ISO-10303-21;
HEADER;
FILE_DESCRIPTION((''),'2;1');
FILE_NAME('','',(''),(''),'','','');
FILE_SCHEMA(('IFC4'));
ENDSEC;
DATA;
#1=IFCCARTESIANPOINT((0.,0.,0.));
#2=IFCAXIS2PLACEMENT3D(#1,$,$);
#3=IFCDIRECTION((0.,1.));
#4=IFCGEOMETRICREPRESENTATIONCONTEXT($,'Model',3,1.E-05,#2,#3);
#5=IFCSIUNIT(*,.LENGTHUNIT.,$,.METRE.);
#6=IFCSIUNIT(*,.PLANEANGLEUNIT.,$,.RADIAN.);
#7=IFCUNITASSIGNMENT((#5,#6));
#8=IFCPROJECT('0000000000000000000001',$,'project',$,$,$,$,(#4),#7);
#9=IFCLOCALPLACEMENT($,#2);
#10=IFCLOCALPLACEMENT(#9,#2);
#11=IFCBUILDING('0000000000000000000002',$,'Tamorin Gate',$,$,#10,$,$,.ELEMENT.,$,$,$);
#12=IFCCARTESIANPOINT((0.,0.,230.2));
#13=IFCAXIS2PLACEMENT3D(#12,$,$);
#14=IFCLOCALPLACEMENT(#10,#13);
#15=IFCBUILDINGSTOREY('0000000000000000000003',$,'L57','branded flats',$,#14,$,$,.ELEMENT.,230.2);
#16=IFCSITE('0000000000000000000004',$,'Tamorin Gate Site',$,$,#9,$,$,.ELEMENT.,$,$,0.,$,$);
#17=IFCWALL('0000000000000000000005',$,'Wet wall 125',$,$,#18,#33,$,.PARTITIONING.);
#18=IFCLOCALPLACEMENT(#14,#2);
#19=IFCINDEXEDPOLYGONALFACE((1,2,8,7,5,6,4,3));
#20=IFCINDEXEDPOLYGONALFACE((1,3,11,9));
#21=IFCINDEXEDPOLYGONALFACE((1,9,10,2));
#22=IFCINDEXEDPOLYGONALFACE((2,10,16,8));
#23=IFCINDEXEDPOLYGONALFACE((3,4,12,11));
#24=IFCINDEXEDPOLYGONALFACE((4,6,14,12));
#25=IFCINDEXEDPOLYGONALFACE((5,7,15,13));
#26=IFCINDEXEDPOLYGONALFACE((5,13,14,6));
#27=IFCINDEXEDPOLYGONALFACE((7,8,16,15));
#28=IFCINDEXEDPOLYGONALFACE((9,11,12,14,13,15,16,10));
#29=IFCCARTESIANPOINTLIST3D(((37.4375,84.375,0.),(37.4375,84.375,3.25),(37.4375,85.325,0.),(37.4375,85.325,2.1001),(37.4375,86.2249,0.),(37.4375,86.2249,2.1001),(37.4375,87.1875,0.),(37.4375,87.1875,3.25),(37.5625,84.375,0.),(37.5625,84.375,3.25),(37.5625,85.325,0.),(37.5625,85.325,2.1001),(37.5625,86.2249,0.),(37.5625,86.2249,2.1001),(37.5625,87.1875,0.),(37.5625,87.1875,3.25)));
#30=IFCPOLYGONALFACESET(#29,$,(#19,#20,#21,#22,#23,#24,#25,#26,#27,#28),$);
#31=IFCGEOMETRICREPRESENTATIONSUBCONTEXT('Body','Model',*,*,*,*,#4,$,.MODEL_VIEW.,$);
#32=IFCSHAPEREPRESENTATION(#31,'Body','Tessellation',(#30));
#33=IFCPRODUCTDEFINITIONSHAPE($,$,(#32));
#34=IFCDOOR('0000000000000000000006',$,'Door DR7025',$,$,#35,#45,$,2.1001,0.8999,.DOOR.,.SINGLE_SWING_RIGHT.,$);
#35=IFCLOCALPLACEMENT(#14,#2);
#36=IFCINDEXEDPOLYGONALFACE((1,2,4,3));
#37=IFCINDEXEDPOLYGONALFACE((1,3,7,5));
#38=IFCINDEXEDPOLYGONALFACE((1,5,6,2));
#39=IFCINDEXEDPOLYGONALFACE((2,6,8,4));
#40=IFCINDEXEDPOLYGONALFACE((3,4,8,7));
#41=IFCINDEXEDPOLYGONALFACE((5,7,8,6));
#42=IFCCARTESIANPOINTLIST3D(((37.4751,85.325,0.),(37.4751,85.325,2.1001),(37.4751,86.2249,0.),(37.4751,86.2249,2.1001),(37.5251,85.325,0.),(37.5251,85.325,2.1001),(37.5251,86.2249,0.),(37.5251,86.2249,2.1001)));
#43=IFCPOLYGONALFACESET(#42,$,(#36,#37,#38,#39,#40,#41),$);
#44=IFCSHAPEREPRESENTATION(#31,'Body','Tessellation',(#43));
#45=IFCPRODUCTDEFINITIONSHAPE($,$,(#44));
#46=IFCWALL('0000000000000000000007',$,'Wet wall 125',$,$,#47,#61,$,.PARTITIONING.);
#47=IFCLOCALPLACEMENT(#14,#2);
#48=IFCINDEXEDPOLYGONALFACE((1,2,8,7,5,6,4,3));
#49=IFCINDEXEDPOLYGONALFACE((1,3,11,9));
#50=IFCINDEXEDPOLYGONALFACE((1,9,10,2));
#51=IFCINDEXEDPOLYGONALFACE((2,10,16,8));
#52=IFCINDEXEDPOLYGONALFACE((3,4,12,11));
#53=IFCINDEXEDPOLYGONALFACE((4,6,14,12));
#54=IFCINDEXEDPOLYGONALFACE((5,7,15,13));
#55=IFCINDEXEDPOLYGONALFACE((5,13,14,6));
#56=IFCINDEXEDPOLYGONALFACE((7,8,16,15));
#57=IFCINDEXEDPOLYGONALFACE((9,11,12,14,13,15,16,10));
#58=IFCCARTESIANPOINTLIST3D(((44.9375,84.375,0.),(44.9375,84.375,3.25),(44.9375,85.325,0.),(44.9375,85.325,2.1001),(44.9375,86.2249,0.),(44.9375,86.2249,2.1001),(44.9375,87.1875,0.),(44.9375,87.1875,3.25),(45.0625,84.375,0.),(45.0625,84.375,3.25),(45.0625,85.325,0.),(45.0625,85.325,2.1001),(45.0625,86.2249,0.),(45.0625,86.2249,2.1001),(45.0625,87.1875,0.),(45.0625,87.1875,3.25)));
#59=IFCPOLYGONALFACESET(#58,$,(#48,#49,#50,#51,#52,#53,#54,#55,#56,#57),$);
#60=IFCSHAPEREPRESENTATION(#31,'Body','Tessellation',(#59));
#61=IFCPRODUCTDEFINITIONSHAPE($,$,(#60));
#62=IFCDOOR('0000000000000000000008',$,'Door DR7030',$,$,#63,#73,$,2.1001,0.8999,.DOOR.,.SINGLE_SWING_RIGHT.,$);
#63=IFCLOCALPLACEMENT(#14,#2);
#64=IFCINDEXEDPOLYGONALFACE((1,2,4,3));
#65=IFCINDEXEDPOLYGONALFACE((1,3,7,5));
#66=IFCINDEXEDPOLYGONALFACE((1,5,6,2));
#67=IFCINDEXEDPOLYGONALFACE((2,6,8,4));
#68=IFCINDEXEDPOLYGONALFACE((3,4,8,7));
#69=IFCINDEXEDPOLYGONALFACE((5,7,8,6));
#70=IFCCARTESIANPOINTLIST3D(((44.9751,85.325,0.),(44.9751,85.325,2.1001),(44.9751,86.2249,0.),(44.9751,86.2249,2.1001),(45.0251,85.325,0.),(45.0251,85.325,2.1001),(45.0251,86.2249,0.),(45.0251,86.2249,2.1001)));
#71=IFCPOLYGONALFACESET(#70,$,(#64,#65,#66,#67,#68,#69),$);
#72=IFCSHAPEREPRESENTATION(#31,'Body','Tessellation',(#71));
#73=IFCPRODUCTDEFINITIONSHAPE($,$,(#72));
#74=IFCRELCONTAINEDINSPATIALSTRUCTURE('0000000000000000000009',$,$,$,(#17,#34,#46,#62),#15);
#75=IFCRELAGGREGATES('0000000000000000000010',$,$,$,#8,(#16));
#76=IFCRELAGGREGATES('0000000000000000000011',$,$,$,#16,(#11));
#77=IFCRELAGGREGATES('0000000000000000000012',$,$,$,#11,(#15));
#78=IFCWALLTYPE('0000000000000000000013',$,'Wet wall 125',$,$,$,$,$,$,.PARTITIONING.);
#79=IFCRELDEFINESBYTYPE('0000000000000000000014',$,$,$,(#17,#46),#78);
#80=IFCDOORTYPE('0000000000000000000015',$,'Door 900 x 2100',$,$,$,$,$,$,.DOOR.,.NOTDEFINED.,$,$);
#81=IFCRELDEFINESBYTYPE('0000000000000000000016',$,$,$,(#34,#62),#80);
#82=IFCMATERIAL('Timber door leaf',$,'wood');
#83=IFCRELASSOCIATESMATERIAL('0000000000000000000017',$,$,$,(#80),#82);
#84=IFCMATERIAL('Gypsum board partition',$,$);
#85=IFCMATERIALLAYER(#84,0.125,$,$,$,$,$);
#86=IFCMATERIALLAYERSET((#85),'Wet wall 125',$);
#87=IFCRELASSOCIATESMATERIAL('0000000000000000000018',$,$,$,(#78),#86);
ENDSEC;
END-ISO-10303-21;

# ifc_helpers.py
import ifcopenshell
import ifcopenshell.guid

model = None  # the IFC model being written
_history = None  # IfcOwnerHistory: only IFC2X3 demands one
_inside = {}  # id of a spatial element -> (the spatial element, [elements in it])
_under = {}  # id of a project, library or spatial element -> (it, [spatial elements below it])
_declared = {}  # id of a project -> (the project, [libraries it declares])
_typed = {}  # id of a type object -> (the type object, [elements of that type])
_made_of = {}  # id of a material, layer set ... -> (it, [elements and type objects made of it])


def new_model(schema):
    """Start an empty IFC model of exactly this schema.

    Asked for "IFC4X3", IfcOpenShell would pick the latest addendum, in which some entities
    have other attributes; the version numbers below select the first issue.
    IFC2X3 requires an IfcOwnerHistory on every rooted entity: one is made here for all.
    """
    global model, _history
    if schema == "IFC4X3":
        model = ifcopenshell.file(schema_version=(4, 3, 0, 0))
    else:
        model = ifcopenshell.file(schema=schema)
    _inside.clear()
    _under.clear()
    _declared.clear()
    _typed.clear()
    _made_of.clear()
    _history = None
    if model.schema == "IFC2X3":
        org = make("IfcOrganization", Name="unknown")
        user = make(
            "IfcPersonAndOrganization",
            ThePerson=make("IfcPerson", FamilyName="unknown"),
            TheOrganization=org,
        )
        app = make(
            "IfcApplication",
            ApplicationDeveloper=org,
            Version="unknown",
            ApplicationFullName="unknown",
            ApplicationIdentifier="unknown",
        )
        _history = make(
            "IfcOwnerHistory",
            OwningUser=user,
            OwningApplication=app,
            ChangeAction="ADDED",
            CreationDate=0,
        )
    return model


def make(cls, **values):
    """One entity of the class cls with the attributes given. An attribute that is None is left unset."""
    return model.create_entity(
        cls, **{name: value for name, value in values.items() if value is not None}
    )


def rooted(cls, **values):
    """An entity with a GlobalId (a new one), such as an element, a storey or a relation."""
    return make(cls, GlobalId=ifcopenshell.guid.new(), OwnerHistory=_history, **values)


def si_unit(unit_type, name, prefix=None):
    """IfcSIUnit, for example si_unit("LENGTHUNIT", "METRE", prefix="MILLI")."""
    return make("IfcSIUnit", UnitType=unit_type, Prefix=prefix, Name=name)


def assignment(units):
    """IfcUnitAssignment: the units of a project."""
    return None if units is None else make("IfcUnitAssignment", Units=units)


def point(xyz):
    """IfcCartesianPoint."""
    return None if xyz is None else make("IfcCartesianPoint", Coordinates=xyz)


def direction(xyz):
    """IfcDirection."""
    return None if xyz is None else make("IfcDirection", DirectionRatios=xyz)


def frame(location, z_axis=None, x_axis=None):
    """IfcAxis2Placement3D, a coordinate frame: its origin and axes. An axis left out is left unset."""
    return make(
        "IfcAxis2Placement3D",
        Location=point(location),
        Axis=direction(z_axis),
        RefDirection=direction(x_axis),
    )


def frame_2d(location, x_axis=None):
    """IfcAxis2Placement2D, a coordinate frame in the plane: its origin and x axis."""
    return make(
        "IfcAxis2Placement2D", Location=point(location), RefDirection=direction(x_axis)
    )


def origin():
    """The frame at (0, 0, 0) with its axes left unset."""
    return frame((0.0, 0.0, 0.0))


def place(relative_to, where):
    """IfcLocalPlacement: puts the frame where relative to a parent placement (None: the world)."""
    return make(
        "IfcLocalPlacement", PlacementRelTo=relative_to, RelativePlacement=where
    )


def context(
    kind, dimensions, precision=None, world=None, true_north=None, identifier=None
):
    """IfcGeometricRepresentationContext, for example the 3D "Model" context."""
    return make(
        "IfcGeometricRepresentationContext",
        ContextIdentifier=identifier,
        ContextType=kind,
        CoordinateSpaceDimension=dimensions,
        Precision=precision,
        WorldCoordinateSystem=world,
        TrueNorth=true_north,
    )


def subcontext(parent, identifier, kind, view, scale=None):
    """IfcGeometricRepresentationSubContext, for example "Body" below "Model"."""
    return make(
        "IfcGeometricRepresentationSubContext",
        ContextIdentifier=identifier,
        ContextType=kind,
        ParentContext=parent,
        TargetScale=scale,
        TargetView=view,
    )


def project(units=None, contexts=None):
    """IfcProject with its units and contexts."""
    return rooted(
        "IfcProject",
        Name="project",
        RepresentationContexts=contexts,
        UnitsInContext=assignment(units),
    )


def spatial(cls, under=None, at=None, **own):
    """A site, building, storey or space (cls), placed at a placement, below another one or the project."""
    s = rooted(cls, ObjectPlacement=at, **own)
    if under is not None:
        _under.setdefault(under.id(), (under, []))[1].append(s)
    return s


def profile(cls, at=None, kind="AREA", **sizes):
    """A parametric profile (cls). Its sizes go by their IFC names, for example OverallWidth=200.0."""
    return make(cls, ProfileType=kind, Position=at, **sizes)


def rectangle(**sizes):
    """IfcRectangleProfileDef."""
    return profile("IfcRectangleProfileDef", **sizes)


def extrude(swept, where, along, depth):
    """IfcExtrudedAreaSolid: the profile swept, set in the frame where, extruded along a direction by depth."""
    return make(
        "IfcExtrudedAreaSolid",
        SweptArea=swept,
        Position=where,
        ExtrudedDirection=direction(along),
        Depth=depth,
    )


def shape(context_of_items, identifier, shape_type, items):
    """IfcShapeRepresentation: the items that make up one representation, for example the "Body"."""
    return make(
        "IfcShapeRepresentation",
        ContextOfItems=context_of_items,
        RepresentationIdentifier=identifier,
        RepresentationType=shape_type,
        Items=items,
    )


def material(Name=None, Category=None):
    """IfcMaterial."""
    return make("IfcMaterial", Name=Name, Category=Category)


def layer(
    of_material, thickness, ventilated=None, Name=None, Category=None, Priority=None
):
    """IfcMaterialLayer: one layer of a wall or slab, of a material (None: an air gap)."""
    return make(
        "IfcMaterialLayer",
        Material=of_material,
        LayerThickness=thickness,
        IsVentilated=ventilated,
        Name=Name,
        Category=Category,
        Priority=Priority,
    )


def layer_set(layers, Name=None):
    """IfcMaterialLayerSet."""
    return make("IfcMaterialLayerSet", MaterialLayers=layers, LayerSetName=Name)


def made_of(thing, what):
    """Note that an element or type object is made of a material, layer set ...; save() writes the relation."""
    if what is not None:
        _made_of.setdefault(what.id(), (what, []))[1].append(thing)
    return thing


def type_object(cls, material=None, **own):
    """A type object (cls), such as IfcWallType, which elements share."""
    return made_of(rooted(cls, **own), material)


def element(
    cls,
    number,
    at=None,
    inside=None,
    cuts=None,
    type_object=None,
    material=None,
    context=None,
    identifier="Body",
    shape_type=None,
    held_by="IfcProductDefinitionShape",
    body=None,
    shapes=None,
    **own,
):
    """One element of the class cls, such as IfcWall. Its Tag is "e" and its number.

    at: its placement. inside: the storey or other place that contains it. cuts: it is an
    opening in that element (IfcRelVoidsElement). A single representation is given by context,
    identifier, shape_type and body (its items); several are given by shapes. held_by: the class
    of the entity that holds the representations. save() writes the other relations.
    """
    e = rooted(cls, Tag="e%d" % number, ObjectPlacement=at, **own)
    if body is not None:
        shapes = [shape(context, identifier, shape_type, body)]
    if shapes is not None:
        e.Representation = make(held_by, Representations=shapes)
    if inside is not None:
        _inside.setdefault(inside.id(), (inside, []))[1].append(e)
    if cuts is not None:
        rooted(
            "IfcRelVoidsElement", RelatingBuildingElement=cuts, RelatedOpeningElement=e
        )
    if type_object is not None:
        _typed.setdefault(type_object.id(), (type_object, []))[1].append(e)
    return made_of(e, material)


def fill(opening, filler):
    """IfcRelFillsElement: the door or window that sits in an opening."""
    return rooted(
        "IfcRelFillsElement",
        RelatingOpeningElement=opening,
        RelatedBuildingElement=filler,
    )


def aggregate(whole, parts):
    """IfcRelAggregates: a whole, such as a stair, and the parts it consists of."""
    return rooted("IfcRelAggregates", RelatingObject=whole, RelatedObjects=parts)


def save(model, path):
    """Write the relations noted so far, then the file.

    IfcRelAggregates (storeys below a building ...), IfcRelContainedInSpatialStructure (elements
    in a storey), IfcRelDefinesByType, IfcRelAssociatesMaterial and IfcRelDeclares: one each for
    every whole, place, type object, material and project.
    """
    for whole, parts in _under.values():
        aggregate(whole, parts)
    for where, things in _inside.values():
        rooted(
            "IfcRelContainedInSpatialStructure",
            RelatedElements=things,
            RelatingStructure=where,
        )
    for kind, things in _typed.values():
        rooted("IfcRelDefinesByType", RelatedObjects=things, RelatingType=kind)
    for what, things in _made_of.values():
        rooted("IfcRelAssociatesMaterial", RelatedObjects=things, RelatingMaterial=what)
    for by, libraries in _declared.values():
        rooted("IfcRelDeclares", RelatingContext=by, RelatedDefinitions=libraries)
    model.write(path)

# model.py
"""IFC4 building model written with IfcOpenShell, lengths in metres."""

from ifc_helpers import new_model, si_unit, direction, frame, frame_2d, origin, place, context, subcontext, project, spatial, rectangle, extrude, material, layer, layer_set, type_object, element, fill, save


model = new_model("IFC4")

# Units and contexts
model_context = context("Model", 3, precision=1e-05, world=origin(), true_north=direction((0.0, 1.0)))
body_context = subcontext(model_context, "Body", "Model", "MODEL_VIEW")
ifc_project = project(units=[si_unit("LENGTHUNIT", "METRE"), si_unit("PLANEANGLEUNIT", "RADIAN")], contexts=[model_context])

# Site, building, storey
site_placement = place(None, origin())
site = spatial("IfcSite", under=ifc_project, at=site_placement, Name="Tamorin Gate Site", CompositionType="ELEMENT", RefElevation=0.0)
building_placement = place(site_placement, origin())
building = spatial("IfcBuilding", under=site, at=building_placement, Name="Tamorin Gate", CompositionType="ELEMENT")
storey_placement = place(building_placement, frame((0.0, 0.0, 230.2)))
storey = spatial("IfcBuildingStorey", under=building, at=storey_placement, Name="L57", Description="branded flats", CompositionType="ELEMENT", Elevation=230.2)

# Shared definitions
ifc_material_1 = material(Name="Gypsum board partition")

# Shared definitions
ifc_material_2 = material(Name="Timber door leaf", Category="wood")
door_type = type_object("IfcDoorType", Name="Door 900 x 2100", OperationType="NOTDEFINED", PredefinedType="DOOR", material=ifc_material_2)

# Shared definitions
ifc_layer_1 = layer(ifc_material_1, 0.125)
ifc_layer_set_1 = layer_set([ifc_layer_1], Name="Wet wall 125")
wall_type_1 = type_object("IfcWallType", Name="Wet wall 125", PredefinedType="PARTITIONING", material=ifc_layer_set_1)

# Walls, openings, doors
wall_1_placement = place(storey_placement, frame((37.5, 84.375, 0.0), z_axis=(0.0, 0.0, 1.0), x_axis=(0.0, 1.0, 0.0)))
wall_1 = element("IfcWall", 1, at=wall_1_placement, inside=storey, type_object=wall_type_1, Name="Wet wall 125", PredefinedType="PARTITIONING", context=body_context, shape_type="SweptSolid", body=[
    extrude(rectangle(XDim=2.8125, YDim=0.125, at=frame_2d((1.4062, 0.0))), origin(), (0.0, 0.0, 1.0), 3.25),
])
opening_1_placement = place(wall_1_placement, frame((0.95, 0.0, 0.0)))
opening_1 = element("IfcOpeningElement", 2, at=opening_1_placement, cuts=wall_1, PredefinedType="OPENING", context=body_context, shape_type="SweptSolid", body=[
    extrude(rectangle(XDim=0.8999, YDim=2.1001, at=frame_2d((0.45, 1.05))), frame((0.0, 0.0725, 0.0), z_axis=(0.0, -1.0, 0.0), x_axis=(1.0, 0.0, 0.0)), (0.0, 0.0, 1.0), 0.145),
])
door_1_placement = place(opening_1_placement, origin())
door_1 = element("IfcDoor", 3, at=door_1_placement, inside=storey, type_object=door_type, Name="Door DR7025", OperationType="SINGLE_SWING_RIGHT", OverallHeight=2.1001, OverallWidth=0.8999, PredefinedType="DOOR", context=body_context, shape_type="SweptSolid", body=[
    extrude(rectangle(XDim=0.8999, YDim=2.1001, at=frame_2d((0.45, 1.05))), frame((0.0, 0.0249, 0.0), z_axis=(0.0, -1.0, 0.0), x_axis=(1.0, 0.0, 0.0)), (0.0, 0.0, 1.0), 0.05),
])
fill(opening_1, door_1)
wall_2_placement = place(storey_placement, frame((45.0, 84.375, 0.0), z_axis=(0.0, 0.0, 1.0), x_axis=(0.0, 1.0, 0.0)))
wall_2 = element("IfcWall", 4, at=wall_2_placement, inside=storey, type_object=wall_type_1, Name="Wet wall 125", PredefinedType="PARTITIONING", context=body_context, shape_type="SweptSolid", body=[
    extrude(rectangle(XDim=2.8125, YDim=0.125, at=frame_2d((1.4062, 0.0))), origin(), (0.0, 0.0, 1.0), 3.25),
])
opening_2_placement = place(wall_2_placement, frame((0.95, 0.0, 0.0)))
opening_2 = element("IfcOpeningElement", 5, at=opening_2_placement, cuts=wall_2, PredefinedType="OPENING", context=body_context, shape_type="SweptSolid", body=[
    extrude(rectangle(XDim=0.8999, YDim=2.1001, at=frame_2d((0.45, 1.05))), frame((0.0, 0.0725, 0.0), z_axis=(0.0, -1.0, 0.0), x_axis=(1.0, 0.0, 0.0)), (0.0, 0.0, 1.0), 0.145),
])
door_2_placement = place(opening_2_placement, origin())
door_2 = element("IfcDoor", 6, at=door_2_placement, inside=storey, type_object=door_type, Name="Door DR7030", OperationType="SINGLE_SWING_RIGHT", OverallHeight=2.1001, OverallWidth=0.8999, PredefinedType="DOOR", context=body_context, shape_type="SweptSolid", body=[
    extrude(rectangle(XDim=0.8999, YDim=2.1001, at=frame_2d((0.45, 1.05))), frame((0.0, 0.0249, 0.0), z_axis=(0.0, -1.0, 0.0), x_axis=(1.0, 0.0, 0.0)), (0.0, 0.0, 1.0), 0.05),
])
fill(opening_2, door_2)

save(model, "model.ifc")
